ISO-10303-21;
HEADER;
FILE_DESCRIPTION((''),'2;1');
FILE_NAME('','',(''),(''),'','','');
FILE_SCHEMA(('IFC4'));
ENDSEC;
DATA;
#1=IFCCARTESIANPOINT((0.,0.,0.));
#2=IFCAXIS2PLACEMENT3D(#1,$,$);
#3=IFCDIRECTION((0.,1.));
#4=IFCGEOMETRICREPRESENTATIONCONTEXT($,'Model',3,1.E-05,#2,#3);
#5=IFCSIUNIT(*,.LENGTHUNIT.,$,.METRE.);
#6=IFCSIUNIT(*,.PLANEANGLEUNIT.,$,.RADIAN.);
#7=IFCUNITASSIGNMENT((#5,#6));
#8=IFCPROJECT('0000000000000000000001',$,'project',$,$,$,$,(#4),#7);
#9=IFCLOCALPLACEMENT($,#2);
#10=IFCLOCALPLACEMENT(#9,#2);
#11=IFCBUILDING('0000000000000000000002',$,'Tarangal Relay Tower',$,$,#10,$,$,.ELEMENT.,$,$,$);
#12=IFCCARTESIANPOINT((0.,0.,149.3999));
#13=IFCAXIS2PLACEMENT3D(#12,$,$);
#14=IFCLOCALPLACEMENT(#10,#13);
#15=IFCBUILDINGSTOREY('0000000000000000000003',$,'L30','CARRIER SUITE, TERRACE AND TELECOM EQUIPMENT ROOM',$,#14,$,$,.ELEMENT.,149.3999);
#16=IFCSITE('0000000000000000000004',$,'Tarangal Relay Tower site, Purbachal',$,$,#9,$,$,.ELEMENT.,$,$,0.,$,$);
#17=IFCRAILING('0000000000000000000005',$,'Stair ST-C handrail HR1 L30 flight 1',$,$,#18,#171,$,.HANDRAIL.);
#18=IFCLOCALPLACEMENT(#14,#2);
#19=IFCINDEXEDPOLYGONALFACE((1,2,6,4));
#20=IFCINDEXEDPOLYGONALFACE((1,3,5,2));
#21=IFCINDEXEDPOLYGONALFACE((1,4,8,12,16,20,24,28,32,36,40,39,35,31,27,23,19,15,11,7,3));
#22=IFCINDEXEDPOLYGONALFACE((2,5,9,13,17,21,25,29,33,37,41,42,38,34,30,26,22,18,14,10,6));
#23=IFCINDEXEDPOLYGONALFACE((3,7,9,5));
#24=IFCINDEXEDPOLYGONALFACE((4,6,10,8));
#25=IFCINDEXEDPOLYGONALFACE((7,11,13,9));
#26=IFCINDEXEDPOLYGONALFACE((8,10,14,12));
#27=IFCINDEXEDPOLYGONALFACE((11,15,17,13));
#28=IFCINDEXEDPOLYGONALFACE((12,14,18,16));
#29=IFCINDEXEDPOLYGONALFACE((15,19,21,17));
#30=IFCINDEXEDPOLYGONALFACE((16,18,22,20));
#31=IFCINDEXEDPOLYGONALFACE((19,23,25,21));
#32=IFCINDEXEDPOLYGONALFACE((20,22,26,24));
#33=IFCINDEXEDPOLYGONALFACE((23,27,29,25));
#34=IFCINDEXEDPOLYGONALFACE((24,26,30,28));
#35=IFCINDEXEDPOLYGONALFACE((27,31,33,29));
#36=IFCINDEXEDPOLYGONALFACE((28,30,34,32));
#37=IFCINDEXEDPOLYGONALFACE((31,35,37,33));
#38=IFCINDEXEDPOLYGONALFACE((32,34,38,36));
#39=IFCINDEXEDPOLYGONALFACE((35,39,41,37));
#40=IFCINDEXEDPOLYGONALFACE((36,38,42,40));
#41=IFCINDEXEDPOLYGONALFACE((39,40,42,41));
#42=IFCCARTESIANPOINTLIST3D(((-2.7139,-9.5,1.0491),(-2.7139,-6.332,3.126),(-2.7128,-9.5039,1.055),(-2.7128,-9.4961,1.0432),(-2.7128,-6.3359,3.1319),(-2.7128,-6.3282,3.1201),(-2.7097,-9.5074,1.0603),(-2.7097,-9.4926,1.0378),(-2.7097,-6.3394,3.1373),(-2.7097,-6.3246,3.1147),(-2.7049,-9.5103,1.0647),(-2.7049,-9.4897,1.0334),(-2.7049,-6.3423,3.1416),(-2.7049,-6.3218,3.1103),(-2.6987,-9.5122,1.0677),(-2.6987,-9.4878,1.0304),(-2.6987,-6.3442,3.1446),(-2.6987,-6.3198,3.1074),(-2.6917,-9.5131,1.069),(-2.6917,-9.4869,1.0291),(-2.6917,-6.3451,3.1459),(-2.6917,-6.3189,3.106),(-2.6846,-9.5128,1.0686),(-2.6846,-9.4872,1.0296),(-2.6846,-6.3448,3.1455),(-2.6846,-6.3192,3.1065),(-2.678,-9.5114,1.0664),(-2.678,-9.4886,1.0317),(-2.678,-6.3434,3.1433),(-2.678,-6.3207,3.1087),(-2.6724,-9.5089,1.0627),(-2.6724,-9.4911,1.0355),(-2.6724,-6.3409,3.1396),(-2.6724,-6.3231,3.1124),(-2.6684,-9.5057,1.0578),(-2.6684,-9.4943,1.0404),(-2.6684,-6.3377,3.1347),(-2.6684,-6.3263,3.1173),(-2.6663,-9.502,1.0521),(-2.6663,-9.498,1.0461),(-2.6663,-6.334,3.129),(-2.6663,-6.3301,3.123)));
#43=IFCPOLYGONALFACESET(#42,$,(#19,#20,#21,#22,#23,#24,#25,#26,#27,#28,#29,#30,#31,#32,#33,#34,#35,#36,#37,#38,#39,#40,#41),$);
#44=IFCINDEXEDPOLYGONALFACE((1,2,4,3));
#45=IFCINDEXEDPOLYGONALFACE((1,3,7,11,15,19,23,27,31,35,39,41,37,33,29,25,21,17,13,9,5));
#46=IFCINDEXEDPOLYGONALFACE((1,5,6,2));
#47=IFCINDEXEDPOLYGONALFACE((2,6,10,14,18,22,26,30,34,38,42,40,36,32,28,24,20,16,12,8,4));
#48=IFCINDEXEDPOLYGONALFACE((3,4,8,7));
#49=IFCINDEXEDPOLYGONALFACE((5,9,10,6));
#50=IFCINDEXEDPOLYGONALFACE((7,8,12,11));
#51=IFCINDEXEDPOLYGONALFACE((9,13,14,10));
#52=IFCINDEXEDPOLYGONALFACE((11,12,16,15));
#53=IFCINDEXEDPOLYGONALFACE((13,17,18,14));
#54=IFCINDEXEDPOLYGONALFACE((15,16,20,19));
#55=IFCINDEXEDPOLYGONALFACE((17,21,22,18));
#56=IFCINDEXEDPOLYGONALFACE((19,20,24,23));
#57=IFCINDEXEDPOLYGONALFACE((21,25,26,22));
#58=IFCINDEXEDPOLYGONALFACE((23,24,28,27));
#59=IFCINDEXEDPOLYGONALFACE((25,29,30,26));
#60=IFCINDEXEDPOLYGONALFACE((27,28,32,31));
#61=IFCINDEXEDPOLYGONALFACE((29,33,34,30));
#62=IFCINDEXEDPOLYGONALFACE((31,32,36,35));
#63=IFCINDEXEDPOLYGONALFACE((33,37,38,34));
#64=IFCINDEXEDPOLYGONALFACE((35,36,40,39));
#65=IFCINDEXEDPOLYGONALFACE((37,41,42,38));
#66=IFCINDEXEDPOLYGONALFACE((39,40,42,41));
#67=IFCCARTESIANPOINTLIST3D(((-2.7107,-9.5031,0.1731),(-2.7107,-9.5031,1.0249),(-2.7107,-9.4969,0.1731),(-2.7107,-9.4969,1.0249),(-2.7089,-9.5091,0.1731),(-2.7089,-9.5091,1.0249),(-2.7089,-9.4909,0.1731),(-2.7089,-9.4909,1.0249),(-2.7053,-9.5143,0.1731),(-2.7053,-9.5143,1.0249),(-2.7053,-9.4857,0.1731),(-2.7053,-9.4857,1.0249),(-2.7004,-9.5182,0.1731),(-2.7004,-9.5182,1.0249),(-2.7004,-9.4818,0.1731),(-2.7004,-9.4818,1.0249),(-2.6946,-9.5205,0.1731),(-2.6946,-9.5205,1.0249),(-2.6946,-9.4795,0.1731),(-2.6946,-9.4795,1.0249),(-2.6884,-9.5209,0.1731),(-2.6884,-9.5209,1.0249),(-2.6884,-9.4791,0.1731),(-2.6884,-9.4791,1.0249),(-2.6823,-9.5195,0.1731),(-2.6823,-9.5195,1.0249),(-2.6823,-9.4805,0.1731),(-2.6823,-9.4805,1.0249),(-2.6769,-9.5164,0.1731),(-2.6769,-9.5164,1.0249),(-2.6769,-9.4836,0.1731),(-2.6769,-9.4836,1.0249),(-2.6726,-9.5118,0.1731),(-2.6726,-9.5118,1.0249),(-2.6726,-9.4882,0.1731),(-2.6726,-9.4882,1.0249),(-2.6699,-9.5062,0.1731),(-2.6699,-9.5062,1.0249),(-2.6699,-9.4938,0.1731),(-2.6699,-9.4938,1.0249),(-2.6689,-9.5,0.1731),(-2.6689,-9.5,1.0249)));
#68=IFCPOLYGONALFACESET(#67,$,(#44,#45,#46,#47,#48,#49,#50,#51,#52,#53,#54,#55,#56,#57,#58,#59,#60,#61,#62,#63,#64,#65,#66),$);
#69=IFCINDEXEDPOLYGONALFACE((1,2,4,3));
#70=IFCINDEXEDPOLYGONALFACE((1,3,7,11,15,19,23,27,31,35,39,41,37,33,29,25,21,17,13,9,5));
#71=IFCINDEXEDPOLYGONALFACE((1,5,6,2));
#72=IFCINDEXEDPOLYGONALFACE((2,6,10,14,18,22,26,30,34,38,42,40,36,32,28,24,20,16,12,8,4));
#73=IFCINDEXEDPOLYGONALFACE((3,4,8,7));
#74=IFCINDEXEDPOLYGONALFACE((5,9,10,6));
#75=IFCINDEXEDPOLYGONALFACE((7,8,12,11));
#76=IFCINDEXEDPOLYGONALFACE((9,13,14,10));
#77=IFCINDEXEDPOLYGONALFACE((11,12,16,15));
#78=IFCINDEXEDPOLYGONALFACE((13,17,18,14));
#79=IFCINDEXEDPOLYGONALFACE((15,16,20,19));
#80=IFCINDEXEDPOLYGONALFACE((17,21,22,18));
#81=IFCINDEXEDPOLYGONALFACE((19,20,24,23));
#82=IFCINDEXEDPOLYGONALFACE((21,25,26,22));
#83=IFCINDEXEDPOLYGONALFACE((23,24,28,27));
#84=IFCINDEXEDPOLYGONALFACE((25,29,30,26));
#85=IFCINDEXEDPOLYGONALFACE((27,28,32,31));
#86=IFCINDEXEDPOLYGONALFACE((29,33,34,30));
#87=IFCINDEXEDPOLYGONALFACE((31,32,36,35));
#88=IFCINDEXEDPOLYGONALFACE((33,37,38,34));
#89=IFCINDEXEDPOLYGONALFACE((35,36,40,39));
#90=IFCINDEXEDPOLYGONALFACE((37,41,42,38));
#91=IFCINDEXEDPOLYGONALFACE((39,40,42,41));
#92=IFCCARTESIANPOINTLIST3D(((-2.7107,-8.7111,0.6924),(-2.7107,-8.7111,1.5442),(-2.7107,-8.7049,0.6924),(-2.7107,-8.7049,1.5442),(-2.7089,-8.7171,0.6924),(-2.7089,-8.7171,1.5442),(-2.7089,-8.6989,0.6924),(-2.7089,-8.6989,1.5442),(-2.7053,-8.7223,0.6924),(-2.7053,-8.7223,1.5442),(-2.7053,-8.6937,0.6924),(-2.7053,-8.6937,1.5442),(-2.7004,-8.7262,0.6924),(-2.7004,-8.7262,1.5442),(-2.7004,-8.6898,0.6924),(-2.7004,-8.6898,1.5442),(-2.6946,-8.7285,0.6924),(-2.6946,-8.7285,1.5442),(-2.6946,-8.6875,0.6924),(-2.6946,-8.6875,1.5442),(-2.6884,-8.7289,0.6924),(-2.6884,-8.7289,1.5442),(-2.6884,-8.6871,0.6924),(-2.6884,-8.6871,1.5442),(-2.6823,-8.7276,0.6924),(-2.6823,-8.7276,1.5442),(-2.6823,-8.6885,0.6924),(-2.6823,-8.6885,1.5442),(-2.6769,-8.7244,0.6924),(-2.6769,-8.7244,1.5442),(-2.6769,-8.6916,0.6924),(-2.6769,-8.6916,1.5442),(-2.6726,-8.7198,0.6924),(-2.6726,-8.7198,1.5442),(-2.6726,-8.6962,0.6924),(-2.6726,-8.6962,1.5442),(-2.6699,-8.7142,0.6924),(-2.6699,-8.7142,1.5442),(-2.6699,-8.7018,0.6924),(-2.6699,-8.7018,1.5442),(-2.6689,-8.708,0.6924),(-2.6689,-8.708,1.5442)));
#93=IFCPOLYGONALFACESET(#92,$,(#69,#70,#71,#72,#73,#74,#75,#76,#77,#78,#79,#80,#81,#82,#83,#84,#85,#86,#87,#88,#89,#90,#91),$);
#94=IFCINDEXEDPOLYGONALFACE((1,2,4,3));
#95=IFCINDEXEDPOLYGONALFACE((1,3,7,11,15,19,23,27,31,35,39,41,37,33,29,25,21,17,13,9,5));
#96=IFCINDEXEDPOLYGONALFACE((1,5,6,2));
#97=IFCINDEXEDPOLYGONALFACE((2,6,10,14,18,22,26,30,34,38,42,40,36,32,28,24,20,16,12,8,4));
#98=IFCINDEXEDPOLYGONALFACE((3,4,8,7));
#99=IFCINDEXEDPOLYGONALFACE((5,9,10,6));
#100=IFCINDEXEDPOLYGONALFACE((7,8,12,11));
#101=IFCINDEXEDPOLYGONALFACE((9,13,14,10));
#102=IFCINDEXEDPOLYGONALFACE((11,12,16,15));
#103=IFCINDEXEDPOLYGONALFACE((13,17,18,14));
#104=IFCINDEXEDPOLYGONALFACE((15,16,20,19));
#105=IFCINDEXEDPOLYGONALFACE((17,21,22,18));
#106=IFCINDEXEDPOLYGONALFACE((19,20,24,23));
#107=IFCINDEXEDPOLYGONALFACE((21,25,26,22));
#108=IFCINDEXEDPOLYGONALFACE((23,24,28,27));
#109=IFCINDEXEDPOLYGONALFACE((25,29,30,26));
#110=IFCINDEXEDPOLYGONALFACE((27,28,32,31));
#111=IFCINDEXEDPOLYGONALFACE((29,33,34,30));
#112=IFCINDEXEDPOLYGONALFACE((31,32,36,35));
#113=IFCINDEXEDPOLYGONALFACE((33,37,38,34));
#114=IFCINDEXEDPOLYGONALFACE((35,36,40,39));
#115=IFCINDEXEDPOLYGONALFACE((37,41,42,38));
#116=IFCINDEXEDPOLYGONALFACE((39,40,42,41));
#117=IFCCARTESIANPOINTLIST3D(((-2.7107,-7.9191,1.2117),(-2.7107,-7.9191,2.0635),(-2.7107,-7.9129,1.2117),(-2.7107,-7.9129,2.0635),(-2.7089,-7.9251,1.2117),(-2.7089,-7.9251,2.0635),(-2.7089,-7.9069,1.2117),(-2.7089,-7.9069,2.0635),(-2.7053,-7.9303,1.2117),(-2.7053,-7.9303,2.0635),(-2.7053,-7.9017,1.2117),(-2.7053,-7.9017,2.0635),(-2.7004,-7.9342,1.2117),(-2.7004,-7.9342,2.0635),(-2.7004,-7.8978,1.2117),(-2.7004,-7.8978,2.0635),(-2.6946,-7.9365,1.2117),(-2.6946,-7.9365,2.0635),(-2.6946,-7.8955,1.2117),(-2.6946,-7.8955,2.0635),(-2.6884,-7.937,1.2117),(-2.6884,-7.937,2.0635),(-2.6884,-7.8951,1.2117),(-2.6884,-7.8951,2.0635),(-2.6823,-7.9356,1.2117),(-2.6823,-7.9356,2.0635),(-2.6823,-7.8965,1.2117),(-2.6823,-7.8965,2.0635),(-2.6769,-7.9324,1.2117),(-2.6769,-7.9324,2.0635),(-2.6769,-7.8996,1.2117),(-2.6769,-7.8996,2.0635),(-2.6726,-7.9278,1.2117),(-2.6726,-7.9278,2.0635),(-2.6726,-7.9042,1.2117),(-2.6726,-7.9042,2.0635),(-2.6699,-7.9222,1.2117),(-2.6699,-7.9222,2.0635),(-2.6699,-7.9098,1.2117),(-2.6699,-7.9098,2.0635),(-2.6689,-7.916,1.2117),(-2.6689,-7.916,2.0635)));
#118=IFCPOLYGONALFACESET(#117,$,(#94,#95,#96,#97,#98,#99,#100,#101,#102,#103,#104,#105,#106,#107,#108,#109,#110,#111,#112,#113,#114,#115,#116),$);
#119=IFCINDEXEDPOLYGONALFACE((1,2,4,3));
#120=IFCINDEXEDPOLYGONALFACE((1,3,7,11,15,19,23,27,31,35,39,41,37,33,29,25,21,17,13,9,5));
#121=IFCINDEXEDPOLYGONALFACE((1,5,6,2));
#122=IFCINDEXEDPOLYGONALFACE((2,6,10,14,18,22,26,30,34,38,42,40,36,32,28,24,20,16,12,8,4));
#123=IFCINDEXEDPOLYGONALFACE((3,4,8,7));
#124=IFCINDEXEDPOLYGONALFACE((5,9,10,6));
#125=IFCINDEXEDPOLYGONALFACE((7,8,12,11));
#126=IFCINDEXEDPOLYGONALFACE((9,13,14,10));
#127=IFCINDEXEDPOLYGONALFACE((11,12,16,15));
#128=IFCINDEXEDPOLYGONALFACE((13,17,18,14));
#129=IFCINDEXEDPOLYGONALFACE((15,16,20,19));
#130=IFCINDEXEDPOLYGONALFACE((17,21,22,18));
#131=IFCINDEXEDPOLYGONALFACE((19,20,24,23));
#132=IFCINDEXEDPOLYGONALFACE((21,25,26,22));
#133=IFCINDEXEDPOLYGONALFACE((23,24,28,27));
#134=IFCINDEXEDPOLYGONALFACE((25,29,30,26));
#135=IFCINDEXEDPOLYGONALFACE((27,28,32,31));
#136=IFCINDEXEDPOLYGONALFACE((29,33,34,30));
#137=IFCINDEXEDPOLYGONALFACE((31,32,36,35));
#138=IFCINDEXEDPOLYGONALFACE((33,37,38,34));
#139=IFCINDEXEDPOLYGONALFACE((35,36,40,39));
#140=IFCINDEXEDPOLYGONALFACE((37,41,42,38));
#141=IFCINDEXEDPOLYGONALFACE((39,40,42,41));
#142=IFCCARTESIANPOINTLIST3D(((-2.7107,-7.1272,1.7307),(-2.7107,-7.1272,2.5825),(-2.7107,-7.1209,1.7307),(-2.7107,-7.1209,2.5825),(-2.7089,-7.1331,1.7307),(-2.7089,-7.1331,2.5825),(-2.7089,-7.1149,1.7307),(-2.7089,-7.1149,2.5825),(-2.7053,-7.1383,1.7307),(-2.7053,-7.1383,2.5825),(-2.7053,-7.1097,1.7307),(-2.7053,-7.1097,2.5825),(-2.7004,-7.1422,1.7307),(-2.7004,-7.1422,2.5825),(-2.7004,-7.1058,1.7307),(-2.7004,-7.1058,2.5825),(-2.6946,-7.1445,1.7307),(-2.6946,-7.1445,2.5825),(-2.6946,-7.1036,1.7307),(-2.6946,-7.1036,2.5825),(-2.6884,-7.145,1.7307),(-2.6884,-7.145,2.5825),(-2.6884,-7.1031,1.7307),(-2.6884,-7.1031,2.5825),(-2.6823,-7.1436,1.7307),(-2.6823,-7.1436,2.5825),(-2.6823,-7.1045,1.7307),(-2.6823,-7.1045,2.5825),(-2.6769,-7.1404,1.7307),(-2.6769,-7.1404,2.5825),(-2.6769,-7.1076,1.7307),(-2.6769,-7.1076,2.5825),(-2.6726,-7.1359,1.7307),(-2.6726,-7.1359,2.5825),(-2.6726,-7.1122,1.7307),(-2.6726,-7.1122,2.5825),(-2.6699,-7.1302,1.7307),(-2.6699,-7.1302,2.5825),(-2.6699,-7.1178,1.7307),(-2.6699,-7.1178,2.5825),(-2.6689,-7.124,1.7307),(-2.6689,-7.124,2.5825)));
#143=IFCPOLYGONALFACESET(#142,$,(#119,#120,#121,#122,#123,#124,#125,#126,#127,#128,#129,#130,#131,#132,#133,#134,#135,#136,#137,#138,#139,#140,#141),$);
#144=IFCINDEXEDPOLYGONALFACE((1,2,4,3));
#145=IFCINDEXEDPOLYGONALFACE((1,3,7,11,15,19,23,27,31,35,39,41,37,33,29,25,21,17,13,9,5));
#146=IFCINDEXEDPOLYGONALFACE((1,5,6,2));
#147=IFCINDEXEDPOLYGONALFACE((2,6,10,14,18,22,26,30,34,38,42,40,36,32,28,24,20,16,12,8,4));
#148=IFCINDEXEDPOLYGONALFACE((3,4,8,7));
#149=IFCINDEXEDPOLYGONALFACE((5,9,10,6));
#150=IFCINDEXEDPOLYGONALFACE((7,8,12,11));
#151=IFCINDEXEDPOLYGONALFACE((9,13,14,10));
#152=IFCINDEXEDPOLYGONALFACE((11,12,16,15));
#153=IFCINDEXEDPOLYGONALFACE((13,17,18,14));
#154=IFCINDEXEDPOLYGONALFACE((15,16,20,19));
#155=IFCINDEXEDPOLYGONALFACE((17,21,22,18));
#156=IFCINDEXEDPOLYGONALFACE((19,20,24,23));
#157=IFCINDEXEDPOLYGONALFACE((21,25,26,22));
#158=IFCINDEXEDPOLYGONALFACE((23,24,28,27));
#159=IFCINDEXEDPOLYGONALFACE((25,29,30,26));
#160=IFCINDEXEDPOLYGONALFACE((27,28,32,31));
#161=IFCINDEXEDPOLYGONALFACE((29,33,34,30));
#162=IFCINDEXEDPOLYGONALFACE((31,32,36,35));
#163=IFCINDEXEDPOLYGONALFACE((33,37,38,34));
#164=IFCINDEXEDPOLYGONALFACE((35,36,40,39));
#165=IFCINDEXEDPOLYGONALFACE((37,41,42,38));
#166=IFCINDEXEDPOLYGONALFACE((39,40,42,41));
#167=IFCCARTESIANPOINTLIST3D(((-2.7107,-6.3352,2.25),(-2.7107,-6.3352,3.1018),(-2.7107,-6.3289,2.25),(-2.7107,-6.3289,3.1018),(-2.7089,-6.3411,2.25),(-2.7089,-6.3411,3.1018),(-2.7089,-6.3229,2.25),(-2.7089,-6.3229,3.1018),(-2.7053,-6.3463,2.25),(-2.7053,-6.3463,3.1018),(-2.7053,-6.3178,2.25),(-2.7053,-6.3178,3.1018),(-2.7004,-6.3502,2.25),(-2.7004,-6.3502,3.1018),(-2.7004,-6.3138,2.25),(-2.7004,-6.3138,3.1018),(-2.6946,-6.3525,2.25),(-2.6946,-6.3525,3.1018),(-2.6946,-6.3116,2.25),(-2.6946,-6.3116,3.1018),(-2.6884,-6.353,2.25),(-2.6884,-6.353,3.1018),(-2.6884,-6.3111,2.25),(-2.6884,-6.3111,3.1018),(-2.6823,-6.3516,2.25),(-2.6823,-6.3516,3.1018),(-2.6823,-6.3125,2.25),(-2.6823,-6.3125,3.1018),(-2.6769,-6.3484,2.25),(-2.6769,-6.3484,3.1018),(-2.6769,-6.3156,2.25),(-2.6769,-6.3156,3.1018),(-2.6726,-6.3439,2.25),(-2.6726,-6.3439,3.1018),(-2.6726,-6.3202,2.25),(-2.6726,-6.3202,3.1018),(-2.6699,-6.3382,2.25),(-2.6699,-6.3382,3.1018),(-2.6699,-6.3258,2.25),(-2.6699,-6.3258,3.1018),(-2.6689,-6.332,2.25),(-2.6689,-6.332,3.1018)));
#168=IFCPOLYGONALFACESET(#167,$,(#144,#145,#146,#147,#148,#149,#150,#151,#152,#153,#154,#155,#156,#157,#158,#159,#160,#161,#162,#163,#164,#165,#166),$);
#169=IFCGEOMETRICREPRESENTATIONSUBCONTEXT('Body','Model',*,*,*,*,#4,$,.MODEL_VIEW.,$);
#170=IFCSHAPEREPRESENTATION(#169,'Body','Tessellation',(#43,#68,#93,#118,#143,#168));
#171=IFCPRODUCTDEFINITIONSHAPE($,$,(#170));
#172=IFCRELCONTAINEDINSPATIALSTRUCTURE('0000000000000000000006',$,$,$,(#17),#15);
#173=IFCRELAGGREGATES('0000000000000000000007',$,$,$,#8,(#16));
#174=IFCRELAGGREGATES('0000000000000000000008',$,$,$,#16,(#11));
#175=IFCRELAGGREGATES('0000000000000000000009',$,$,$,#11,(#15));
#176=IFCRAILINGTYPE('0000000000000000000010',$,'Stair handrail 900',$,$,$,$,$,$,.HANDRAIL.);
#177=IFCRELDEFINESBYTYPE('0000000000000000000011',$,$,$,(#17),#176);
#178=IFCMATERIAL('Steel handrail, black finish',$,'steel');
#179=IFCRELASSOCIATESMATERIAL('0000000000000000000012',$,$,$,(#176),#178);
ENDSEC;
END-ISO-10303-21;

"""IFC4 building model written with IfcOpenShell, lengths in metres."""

from ifc_helpers import new_model, si_unit, direction, frame, origin, origin_2d, place, context, subcontext, project, spatial, circle, extrude, material, type_object, element, save


model = new_model("IFC4")

# Units and contexts
model_context = context("Model", 3, precision=1e-05, world=origin(), true_north=direction((0.0, 1.0)))
body_context = subcontext(model_context, "Body", "Model", "MODEL_VIEW")
ifc_project = project(units=[si_unit("LENGTHUNIT", "METRE"), si_unit("PLANEANGLEUNIT", "RADIAN")], contexts=[model_context])

# Site, building, storey
site_placement = place(None, origin())
site = spatial("IfcSite", under=ifc_project, at=site_placement, Name="Tarangal Relay Tower site, Purbachal", CompositionType="ELEMENT", RefElevation=0.0)
building_placement = place(site_placement, origin())
building = spatial("IfcBuilding", under=site, at=building_placement, Name="Tarangal Relay Tower", CompositionType="ELEMENT")
storey_placement = place(building_placement, frame((0.0, 0.0, 149.3999)))
storey = spatial("IfcBuildingStorey", under=building, at=storey_placement, Name="L30", Description="CARRIER SUITE, TERRACE AND TELECOM EQUIPMENT ROOM", CompositionType="ELEMENT", Elevation=149.3999)

# Railing
ifc_material_1 = material(Name="Steel handrail, black finish", Category="steel")
railing_type_1 = type_object("IfcRailingType", Name="Stair handrail 900", PredefinedType="HANDRAIL", material=ifc_material_1)
railing_1_placement = place(storey_placement, frame((-2.6899, -9.5, 0.1731)))
element("IfcRailing", 1, at=railing_1_placement, inside=storey, type_object=railing_type_1, Name="Stair ST-C handrail HR1 L30 flight 1", PredefinedType="HANDRAIL", context=body_context, shape_type="SweptSolid", body=[
    extrude(circle(Radius=0.0239, at=origin_2d()), frame((0.0, 0.0, 0.876), z_axis=(0.0, 0.836299, 0.548273), x_axis=(-1.0, 0.0, 0.0)), (0.0, 0.0, 1.0), 3.7881),
    extrude(circle(Radius=0.021, at=origin_2d()), origin(), (0.0, 0.0, 1.0), 0.8518),
    extrude(circle(Radius=0.021, at=origin_2d()), frame((0.0, 0.792, 0.5193)), (0.0, 0.0, 1.0), 0.8518),
    extrude(circle(Radius=0.021, at=origin_2d()), frame((0.0, 1.584, 1.0386)), (0.0, 0.0, 1.0), 0.8518),
    extrude(circle(Radius=0.021, at=origin_2d()), frame((0.0, 2.376, 1.5576)), (0.0, 0.0, 1.0), 0.8518),
    extrude(circle(Radius=0.021, at=origin_2d()), frame((0.0, 3.168, 2.0769)), (0.0, 0.0, 1.0), 0.8518),
])

save(model, "model.ifc")
